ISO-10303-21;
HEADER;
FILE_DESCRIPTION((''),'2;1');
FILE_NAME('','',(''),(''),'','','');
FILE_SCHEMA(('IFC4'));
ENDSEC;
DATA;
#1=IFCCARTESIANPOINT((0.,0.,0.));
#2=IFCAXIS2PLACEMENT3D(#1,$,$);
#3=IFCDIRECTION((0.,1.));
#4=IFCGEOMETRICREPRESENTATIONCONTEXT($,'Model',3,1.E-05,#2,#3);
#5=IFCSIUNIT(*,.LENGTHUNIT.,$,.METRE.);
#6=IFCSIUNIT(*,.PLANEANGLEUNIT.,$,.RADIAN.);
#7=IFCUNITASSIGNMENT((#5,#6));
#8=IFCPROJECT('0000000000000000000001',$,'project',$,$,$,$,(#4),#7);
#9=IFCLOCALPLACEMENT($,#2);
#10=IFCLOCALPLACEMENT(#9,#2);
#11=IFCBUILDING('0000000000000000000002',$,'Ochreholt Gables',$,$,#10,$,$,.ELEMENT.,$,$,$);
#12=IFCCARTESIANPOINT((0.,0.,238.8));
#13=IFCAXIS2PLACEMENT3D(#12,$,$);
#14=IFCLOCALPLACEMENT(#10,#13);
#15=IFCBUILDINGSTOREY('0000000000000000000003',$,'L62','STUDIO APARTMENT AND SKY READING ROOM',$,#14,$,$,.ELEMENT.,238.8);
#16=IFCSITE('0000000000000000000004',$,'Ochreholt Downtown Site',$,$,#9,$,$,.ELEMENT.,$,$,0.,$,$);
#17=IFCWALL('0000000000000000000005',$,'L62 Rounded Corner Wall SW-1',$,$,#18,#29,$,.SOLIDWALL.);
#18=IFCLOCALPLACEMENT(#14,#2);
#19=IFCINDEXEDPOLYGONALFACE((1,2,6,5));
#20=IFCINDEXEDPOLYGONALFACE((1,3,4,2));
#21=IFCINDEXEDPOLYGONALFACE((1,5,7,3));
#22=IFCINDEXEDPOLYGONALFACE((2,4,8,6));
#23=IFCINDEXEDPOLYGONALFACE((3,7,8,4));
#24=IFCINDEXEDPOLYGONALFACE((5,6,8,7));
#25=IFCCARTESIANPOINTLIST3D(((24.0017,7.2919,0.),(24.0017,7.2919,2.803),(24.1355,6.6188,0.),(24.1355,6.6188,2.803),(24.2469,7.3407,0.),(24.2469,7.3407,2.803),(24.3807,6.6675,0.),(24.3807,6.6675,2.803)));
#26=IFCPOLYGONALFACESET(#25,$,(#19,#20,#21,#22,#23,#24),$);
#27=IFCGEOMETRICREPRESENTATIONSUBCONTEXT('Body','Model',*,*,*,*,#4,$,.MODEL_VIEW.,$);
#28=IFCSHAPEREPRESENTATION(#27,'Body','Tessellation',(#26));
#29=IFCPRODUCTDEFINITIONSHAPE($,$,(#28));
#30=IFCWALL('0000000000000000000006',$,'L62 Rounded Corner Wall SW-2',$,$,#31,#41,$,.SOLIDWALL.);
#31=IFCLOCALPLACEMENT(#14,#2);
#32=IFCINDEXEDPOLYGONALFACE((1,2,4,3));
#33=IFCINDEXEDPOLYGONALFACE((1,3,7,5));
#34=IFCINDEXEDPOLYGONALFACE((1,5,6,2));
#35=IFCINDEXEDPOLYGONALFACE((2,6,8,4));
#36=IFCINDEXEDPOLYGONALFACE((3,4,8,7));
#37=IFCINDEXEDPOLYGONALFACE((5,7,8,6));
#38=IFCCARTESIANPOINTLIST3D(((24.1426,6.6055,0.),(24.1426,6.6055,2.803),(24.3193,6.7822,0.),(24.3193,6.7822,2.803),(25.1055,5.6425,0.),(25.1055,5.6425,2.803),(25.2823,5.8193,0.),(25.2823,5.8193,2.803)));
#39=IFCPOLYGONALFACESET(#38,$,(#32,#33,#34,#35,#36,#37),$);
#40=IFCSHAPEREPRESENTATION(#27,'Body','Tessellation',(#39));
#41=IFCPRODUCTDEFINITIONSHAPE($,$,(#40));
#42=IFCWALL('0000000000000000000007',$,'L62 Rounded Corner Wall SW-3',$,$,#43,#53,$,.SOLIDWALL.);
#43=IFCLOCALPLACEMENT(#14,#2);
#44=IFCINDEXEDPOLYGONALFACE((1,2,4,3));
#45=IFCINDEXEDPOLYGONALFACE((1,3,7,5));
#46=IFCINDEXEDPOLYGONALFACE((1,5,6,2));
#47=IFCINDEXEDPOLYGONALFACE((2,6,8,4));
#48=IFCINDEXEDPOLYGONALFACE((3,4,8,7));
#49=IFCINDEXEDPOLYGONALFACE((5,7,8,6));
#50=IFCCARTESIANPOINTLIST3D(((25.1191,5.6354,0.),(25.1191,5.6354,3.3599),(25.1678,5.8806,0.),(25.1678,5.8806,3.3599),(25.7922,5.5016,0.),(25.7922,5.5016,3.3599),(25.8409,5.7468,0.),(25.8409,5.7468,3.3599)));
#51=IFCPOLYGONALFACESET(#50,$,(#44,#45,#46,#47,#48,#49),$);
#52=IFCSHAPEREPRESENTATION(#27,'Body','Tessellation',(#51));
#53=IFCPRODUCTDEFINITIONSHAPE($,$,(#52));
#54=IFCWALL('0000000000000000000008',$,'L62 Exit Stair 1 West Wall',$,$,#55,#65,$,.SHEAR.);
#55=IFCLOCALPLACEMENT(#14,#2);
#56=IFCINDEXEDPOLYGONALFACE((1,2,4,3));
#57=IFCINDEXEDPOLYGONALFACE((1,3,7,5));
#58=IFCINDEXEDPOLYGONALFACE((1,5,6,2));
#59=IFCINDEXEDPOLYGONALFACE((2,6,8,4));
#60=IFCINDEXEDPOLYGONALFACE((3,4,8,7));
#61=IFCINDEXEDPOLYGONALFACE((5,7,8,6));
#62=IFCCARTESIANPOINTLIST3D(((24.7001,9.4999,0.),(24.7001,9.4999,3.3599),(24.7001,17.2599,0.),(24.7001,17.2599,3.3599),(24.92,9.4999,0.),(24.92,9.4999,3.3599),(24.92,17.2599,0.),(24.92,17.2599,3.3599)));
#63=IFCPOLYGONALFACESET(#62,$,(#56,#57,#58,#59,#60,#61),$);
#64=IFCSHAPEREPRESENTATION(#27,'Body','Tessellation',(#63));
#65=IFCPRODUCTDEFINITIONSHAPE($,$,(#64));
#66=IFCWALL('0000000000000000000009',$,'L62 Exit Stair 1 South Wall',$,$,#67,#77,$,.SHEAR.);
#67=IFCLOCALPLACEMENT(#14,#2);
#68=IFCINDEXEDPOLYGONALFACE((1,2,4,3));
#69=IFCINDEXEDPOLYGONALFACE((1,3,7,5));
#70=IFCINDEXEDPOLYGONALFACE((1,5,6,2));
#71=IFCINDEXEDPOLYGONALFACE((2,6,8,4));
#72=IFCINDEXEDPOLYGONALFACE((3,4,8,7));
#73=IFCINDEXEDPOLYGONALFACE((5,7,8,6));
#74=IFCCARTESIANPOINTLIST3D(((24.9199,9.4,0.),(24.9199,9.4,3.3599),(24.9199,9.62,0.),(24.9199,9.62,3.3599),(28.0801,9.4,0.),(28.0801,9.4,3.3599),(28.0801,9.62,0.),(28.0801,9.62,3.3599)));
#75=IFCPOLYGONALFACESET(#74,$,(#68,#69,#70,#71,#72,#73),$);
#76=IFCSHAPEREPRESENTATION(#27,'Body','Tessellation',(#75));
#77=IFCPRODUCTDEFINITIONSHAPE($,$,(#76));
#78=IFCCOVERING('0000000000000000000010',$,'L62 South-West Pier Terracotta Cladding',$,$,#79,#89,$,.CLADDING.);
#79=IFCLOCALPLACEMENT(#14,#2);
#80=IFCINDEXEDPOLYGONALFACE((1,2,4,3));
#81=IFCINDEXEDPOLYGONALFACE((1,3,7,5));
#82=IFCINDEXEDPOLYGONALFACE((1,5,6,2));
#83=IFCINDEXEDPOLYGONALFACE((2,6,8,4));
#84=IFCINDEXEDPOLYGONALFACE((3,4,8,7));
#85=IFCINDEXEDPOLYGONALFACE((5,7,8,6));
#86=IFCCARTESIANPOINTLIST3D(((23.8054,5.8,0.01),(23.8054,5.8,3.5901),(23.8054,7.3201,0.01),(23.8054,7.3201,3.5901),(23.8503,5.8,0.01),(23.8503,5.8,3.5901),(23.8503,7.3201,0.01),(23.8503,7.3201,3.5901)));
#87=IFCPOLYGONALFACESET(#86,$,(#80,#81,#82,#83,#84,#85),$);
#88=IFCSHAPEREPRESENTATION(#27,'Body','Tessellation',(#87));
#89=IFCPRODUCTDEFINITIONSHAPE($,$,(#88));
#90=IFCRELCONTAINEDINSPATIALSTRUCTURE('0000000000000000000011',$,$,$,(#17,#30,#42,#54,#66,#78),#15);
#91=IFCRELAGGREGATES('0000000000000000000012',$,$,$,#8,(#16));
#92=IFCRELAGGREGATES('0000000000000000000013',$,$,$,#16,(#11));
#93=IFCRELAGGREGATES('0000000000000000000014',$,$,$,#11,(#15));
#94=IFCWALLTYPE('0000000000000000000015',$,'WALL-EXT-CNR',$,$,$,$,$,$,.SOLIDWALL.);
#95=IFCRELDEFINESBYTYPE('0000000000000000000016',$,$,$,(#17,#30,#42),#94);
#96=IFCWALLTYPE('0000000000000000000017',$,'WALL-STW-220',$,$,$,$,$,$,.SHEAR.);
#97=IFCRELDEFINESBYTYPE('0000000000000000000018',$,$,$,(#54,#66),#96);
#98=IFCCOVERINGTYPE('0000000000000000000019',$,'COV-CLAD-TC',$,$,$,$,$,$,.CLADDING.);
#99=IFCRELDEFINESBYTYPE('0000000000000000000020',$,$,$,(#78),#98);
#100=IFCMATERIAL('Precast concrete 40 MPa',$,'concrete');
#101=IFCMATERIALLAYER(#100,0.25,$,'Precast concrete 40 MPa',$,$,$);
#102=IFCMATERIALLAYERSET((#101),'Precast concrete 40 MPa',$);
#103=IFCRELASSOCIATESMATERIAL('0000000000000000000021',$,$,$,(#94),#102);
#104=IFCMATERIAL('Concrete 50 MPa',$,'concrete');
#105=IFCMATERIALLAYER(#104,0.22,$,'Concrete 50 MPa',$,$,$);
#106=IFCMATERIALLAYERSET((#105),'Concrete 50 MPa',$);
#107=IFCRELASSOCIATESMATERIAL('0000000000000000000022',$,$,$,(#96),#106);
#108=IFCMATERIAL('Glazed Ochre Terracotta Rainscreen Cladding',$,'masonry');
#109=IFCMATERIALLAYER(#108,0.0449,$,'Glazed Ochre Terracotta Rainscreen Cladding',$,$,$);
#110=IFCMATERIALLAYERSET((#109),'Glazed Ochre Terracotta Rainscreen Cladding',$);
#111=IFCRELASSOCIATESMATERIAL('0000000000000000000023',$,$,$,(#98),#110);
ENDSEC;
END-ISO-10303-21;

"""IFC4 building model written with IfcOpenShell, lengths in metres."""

from ifc_helpers import new_model, si_unit, direction, frame, frame_2d, origin, origin_2d, place, context, subcontext, project, spatial, rectangle, extrude, material, layer, layer_set, type_object, element, save


model = new_model("IFC4")

# Units and contexts
model_context = context("Model", 3, precision=1e-05, world=origin(), true_north=direction((0.0, 1.0)))
body_context = subcontext(model_context, "Body", "Model", "MODEL_VIEW")
ifc_project = project(units=[si_unit("LENGTHUNIT", "METRE"), si_unit("PLANEANGLEUNIT", "RADIAN")], contexts=[model_context])

# Site, building, storey
site_placement = place(None, origin())
site = spatial("IfcSite", under=ifc_project, at=site_placement, Name="Ochreholt Downtown Site", CompositionType="ELEMENT", RefElevation=0.0)
building_placement = place(site_placement, origin())
building = spatial("IfcBuilding", under=site, at=building_placement, Name="Ochreholt Gables", CompositionType="ELEMENT")
storey_placement = place(building_placement, frame((0.0, 0.0, 238.8)))
storey = spatial("IfcBuildingStorey", under=building, at=storey_placement, Name="L62", Description="STUDIO APARTMENT AND SKY READING ROOM", CompositionType="ELEMENT", Elevation=238.8)

# Shared definitions
ifc_material_1 = material(Name="Concrete 50 MPa", Category="concrete")

# Shared definitions
ifc_material_2 = material(Name="Precast concrete 40 MPa", Category="concrete")

# Walls
ifc_layer_1 = layer(ifc_material_2, 0.25, Name="Precast concrete 40 MPa")
ifc_layer_set_1 = layer_set([ifc_layer_1], Name="Precast concrete 40 MPa")
wall_type_1 = type_object("IfcWallType", Name="WALL-EXT-CNR", PredefinedType="SOLIDWALL", material=ifc_layer_set_1)
wall_1_placement = place(storey_placement, frame((24.1243, 7.3164, 0.0), z_axis=(0.0, 0.0, 1.0), x_axis=(0.194953, -0.980813, 0.0)))
element("IfcWall", 1, at=wall_1_placement, inside=storey, type_object=wall_type_1, Name="L62 Rounded Corner Wall SW-1", PredefinedType="SOLIDWALL", context=body_context, shape_type="SweptSolid", body=[
    extrude(rectangle(XDim=0.6863, YDim=0.25, at=frame_2d((0.3433, 0.0))), origin(), (0.0, 0.0, 1.0), 2.803),
])
wall_2_placement = place(storey_placement, frame((24.231, 6.6938, 0.0), z_axis=(0.0, 0.0, 1.0), x_axis=(0.707107, -0.707107, 0.0)))
element("IfcWall", 2, at=wall_2_placement, inside=storey, type_object=wall_type_1, Name="L62 Rounded Corner Wall SW-2", PredefinedType="SOLIDWALL", context=body_context, shape_type="SweptSolid", body=[
    extrude(rectangle(XDim=1.3618, YDim=0.25, at=frame_2d((0.6809, 0.0))), origin(), (0.0, 0.0, 1.0), 2.803),
])
wall_3_placement = place(storey_placement, frame((25.1433, 5.7581, 0.0), z_axis=(0.0, 0.0, 1.0), x_axis=(0.980813, -0.194953, 0.0)))
element("IfcWall", 3, at=wall_3_placement, inside=storey, type_object=wall_type_1, Name="L62 Rounded Corner Wall SW-3", PredefinedType="SOLIDWALL", context=body_context, shape_type="SweptSolid", body=[
    extrude(rectangle(XDim=0.6863, YDim=0.25, at=frame_2d((0.3433, 0.0))), origin(), (0.0, 0.0, 1.0), 3.3599),
])
ifc_layer_2 = layer(ifc_material_1, 0.22, Name="Concrete 50 MPa")
ifc_layer_set_2 = layer_set([ifc_layer_2], Name="Concrete 50 MPa")
wall_type_2 = type_object("IfcWallType", Name="WALL-STW-220", PredefinedType="SHEAR", material=ifc_layer_set_2)
wall_4_placement = place(storey_placement, frame((24.8101, 9.5, 0.0), z_axis=(0.0, 0.0, 1.0), x_axis=(0.0, 1.0, 0.0)))
element("IfcWall", 4, at=wall_4_placement, inside=storey, type_object=wall_type_2, Name="L62 Exit Stair 1 West Wall", PredefinedType="SHEAR", context=body_context, shape_type="SweptSolid", body=[
    extrude(rectangle(XDim=7.76, YDim=0.22, at=frame_2d((3.8799, 0.0))), origin(), (0.0, 0.0, 1.0), 3.3599),
])
wall_5_placement = place(storey_placement, frame((24.9199, 9.51, 0.0), z_axis=(0.0, 0.0, 1.0), x_axis=(1.0, 0.0, 0.0)))
element("IfcWall", 5, at=wall_5_placement, inside=storey, type_object=wall_type_2, Name="L62 Exit Stair 1 South Wall", PredefinedType="SHEAR", context=body_context, shape_type="SweptSolid", body=[
    extrude(rectangle(XDim=3.1602, YDim=0.22, at=frame_2d((1.5801, 0.0))), origin(), (0.0, 0.0, 1.0), 3.3599),
])

# Covering
ifc_material_3 = material(Name="Glazed Ochre Terracotta Rainscreen Cladding", Category="masonry")
ifc_layer_3 = layer(ifc_material_3, 0.0449, Name="Glazed Ochre Terracotta Rainscreen Cladding")
ifc_layer_set_3 = layer_set([ifc_layer_3], Name="Glazed Ochre Terracotta Rainscreen Cladding")
covering_type = type_object("IfcCoveringType", Name="COV-CLAD-TC", PredefinedType="CLADDING", material=ifc_layer_set_3)
covering_placement = place(storey_placement, frame((23.8279, 6.5601, 0.01), z_axis=(0.0, 0.0, 1.0), x_axis=(0.0, 1.0, 0.0)))
element("IfcCovering", 6, at=covering_placement, inside=storey, type_object=covering_type, Name="L62 South-West Pier Terracotta Cladding", PredefinedType="CLADDING", context=body_context, shape_type="SweptSolid", body=[
    extrude(rectangle(XDim=1.52, YDim=0.0449, at=origin_2d()), origin(), (0.0, 0.0, 1.0), 3.5801),
])

save(model, "model.ifc")
